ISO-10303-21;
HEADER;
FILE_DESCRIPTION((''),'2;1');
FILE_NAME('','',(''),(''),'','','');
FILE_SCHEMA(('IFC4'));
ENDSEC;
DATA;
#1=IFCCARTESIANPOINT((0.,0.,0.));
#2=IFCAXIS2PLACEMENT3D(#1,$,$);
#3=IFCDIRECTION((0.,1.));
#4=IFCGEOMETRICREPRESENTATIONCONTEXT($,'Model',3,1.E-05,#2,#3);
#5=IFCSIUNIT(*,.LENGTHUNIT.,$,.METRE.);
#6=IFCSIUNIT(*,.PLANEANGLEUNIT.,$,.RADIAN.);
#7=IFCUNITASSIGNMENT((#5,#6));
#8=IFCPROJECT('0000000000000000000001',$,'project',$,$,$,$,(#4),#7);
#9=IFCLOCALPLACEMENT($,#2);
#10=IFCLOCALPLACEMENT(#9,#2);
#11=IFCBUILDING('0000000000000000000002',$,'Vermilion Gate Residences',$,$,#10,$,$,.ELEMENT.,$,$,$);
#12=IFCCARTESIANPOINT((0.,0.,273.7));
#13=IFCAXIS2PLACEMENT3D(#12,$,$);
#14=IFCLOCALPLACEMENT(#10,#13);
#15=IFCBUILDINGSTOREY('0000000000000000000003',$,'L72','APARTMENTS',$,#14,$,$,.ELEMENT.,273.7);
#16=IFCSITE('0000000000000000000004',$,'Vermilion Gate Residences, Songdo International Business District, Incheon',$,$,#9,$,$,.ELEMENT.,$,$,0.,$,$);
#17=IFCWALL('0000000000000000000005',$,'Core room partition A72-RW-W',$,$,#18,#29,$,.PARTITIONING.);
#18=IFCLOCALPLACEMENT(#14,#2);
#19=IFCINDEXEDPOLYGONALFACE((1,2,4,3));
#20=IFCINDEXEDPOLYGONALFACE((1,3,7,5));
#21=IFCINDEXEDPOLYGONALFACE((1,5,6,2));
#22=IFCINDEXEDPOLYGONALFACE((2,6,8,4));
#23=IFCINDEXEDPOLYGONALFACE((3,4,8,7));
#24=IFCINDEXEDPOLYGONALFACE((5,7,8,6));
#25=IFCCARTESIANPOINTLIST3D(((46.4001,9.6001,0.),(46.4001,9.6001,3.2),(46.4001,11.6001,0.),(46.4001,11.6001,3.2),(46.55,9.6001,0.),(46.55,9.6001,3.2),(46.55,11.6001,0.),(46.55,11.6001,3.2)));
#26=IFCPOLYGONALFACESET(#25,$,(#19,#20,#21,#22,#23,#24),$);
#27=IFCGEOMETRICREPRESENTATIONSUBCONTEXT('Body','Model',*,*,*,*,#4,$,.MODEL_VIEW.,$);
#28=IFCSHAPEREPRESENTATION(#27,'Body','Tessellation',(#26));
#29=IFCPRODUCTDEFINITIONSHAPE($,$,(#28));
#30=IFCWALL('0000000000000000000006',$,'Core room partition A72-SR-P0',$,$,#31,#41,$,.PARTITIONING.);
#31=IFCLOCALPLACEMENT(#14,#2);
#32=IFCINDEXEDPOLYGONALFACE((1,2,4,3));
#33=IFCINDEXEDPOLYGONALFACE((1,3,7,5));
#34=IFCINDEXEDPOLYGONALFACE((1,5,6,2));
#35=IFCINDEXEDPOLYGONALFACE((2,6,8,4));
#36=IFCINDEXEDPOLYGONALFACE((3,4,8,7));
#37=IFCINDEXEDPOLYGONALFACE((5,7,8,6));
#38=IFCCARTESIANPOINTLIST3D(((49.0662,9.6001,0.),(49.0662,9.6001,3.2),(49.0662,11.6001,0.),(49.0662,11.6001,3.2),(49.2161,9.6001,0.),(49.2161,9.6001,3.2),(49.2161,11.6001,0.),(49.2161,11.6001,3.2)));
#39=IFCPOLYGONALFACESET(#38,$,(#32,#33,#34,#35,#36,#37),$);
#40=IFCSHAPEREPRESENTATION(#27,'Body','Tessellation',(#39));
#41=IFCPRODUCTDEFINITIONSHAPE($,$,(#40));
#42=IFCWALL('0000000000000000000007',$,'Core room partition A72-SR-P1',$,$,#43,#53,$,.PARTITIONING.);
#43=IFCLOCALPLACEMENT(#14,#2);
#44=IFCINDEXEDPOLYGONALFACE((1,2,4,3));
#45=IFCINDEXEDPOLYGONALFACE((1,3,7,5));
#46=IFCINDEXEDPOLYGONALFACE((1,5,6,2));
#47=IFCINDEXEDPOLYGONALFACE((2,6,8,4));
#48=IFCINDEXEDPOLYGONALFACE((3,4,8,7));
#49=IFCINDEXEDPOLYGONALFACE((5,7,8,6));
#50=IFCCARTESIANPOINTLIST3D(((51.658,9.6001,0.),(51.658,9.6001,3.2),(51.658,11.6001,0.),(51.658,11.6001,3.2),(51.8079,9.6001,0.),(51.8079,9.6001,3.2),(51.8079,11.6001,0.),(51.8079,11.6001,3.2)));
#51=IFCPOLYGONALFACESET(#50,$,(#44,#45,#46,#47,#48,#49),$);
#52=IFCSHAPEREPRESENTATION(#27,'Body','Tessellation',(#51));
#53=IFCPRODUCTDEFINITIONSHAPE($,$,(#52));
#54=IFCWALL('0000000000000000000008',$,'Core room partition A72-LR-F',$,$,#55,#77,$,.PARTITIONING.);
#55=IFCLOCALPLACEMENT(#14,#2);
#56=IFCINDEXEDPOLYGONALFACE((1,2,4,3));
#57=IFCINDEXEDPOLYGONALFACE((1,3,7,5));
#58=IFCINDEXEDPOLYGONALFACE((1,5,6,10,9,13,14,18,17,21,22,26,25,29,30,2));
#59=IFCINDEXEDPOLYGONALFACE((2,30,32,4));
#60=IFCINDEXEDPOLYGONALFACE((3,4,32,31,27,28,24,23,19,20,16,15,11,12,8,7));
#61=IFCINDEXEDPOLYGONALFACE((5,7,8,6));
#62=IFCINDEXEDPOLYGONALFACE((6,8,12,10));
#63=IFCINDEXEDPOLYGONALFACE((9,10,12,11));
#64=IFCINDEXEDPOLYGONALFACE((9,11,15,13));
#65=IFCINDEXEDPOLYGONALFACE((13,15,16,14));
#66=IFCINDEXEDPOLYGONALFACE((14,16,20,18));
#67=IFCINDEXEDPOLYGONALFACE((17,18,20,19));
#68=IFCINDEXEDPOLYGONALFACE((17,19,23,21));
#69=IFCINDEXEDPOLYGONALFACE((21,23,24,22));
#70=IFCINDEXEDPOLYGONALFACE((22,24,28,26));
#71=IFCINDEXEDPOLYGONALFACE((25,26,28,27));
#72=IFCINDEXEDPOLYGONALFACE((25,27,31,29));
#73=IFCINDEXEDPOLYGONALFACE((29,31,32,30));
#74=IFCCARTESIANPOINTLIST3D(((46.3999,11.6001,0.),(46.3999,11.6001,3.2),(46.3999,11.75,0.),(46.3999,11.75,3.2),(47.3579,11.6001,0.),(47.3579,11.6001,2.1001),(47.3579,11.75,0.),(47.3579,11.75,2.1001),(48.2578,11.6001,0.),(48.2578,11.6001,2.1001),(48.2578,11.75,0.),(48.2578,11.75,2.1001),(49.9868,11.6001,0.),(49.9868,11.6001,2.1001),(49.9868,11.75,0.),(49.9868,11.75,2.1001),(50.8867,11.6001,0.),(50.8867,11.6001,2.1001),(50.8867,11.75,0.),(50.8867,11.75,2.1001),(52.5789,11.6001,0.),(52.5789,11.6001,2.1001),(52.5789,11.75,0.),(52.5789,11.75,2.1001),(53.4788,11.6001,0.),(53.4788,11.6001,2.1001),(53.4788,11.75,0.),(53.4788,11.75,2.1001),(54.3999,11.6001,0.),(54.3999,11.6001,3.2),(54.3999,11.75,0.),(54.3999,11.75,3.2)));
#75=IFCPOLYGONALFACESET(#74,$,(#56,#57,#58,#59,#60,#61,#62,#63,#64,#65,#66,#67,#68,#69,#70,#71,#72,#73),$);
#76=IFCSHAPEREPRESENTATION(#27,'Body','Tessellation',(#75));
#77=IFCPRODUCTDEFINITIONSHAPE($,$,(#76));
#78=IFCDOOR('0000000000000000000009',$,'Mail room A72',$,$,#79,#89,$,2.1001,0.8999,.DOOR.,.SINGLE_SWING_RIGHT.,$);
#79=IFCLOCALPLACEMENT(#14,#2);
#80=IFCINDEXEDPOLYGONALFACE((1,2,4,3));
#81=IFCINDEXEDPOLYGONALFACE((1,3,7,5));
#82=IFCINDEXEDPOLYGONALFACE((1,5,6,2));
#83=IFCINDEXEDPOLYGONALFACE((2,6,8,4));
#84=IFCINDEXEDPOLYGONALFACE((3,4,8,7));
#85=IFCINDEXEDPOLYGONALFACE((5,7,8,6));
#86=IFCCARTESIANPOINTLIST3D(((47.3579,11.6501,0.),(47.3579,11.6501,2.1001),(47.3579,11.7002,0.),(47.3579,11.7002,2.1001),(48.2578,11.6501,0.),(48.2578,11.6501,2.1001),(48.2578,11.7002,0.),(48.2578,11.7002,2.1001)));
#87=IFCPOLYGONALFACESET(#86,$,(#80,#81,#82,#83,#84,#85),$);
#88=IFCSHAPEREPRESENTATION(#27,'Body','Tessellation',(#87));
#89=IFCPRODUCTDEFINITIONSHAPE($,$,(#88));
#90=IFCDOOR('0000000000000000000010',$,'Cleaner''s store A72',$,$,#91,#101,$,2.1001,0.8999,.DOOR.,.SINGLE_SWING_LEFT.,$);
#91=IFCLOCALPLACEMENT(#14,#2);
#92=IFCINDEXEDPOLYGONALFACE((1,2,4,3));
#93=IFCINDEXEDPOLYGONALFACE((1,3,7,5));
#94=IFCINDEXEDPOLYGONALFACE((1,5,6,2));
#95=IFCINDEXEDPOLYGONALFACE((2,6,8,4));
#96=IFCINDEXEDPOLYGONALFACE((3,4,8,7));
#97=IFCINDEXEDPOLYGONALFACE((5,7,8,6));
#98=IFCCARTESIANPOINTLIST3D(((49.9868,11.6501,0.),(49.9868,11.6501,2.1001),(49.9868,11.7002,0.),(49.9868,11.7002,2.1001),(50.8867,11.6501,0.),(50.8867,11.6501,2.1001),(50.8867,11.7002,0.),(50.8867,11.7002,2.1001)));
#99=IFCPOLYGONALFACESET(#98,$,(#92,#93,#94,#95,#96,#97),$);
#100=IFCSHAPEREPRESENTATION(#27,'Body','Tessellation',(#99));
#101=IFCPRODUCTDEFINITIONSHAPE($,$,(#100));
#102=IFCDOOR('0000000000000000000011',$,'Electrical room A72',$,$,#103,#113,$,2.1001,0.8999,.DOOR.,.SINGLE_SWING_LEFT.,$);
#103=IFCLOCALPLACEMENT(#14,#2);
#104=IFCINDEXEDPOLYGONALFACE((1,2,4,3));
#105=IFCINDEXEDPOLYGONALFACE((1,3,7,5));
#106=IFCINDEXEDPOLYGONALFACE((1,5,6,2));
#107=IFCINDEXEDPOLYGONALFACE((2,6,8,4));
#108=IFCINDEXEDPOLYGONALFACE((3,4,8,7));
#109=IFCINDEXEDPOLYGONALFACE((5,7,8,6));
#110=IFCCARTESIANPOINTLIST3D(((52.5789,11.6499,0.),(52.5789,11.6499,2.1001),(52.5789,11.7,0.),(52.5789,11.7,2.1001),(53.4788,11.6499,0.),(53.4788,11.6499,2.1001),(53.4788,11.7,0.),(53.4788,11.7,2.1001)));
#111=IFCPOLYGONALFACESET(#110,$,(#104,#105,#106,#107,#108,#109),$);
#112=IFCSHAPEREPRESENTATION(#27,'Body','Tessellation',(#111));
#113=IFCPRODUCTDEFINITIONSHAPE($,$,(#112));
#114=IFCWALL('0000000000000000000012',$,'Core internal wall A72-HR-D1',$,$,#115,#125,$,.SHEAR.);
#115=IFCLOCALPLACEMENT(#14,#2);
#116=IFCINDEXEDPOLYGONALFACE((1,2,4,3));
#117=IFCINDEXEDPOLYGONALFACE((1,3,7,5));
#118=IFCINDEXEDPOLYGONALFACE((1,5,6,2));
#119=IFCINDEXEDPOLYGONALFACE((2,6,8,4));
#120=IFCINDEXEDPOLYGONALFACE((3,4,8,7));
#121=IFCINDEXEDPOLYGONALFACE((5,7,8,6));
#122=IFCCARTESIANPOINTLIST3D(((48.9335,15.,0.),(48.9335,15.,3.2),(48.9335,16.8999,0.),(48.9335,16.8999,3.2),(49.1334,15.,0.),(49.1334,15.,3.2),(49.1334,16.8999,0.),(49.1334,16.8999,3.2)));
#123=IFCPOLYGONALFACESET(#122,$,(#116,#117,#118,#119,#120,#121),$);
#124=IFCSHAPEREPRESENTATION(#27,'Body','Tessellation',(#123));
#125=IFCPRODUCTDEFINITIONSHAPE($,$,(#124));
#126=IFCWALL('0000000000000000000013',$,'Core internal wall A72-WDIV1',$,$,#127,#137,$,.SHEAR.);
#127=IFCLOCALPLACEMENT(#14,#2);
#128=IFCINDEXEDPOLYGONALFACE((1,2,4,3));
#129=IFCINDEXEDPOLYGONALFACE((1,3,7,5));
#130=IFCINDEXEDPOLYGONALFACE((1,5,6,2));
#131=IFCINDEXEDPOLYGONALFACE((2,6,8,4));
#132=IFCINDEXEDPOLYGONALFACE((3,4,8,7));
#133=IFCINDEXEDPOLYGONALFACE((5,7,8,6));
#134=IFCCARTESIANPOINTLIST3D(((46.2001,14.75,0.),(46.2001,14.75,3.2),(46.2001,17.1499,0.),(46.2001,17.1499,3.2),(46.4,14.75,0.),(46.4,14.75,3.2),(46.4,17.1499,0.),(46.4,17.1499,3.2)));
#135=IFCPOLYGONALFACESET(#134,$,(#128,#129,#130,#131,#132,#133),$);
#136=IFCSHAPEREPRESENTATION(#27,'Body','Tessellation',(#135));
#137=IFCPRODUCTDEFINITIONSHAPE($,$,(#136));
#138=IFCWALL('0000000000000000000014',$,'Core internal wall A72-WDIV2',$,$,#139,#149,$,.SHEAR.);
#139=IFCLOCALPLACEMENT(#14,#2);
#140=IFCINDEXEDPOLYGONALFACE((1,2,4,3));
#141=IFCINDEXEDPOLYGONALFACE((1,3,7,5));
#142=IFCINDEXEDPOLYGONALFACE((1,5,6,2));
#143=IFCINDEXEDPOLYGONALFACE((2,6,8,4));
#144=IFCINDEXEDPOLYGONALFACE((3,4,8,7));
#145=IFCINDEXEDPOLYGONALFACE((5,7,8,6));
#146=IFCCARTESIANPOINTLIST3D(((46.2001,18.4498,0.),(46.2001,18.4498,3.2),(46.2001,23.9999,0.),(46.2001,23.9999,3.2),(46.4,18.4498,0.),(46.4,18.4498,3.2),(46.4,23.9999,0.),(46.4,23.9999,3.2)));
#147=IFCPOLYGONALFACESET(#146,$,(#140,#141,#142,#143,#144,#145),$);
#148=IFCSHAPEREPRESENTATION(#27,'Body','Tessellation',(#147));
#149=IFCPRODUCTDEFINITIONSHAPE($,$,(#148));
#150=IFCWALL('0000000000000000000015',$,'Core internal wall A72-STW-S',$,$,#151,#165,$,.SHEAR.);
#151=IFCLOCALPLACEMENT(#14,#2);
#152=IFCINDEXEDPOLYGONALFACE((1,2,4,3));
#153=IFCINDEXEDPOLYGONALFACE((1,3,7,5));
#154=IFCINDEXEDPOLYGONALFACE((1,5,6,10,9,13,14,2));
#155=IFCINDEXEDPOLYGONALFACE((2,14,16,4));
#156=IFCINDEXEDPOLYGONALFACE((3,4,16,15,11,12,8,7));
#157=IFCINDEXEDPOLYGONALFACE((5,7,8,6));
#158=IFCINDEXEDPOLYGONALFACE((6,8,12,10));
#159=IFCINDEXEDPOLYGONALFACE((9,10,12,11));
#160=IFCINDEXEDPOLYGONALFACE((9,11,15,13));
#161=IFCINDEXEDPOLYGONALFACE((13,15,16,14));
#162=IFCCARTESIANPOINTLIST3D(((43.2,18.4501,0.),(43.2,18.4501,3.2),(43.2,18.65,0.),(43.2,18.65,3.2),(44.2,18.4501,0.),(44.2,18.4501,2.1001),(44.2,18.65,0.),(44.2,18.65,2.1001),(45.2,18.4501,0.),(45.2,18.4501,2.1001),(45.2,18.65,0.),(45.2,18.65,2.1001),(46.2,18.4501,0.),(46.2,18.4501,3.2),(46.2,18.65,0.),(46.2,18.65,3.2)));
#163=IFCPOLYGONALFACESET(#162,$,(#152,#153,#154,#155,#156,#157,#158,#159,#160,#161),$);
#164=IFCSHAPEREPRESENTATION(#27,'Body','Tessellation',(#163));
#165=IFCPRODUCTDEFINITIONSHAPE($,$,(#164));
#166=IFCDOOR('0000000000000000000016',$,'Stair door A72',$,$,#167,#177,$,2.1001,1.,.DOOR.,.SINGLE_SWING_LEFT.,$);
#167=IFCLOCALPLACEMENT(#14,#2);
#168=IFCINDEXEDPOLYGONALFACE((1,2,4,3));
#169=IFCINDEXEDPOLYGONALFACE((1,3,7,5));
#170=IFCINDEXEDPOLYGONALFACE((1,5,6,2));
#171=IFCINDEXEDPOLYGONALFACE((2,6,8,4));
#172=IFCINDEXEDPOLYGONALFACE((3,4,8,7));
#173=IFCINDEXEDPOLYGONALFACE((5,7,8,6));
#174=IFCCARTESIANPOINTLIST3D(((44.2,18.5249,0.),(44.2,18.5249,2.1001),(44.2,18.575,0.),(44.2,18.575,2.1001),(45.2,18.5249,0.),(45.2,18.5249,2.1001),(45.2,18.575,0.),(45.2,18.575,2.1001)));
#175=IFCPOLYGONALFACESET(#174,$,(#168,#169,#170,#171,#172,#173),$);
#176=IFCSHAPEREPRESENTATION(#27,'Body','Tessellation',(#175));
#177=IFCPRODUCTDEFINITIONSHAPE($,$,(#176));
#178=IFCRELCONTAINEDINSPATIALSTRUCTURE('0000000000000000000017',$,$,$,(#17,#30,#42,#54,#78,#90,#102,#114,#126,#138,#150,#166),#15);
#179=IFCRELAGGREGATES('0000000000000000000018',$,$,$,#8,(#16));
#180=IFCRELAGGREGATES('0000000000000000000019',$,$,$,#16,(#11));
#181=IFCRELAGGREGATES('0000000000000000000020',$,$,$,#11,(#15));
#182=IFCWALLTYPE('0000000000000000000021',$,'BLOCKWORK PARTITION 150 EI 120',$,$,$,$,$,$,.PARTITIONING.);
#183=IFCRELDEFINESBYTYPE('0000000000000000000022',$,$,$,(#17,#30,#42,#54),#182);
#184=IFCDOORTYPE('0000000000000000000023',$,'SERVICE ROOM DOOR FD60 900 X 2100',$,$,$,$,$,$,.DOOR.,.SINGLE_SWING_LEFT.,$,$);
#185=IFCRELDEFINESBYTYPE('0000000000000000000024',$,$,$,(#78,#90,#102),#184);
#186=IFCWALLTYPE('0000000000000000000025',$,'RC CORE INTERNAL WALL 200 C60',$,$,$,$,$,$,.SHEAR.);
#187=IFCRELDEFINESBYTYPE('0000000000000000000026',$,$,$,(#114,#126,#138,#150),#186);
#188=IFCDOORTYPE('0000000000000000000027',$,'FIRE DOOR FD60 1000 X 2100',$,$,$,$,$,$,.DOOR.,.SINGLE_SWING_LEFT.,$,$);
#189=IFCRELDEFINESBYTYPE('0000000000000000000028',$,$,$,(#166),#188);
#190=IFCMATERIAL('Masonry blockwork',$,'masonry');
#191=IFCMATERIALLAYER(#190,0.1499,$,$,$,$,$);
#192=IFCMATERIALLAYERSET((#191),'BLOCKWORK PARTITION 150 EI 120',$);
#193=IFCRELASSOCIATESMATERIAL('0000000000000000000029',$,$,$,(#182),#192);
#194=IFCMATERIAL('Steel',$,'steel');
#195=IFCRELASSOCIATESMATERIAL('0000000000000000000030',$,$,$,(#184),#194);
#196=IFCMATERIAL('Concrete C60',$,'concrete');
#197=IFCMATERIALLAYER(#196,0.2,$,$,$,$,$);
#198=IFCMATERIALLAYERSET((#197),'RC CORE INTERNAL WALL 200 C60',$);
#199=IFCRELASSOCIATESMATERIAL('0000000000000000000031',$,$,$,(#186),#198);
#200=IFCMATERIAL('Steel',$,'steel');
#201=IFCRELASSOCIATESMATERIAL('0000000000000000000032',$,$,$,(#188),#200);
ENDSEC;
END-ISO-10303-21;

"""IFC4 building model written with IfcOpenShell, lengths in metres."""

from ifc_helpers import new_model, si_unit, direction, frame, frame_2d, origin, place, context, subcontext, project, spatial, rectangle, extrude, material, layer, layer_set, type_object, element, fill, save


model = new_model("IFC4")

# Units and contexts
model_context = context("Model", 3, precision=1e-05, world=origin(), true_north=direction((0.0, 1.0)))
body_context = subcontext(model_context, "Body", "Model", "MODEL_VIEW")
ifc_project = project(units=[si_unit("LENGTHUNIT", "METRE"), si_unit("PLANEANGLEUNIT", "RADIAN")], contexts=[model_context])

# Site, building, storey
site_placement = place(None, origin())
site = spatial("IfcSite", under=ifc_project, at=site_placement, Name="Vermilion Gate Residences, Songdo International Business District, Incheon", CompositionType="ELEMENT", RefElevation=0.0)
building_placement = place(site_placement, origin())
building = spatial("IfcBuilding", under=site, at=building_placement, Name="Vermilion Gate Residences", CompositionType="ELEMENT")
storey_placement = place(building_placement, frame((0.0, 0.0, 273.7)))
storey = spatial("IfcBuildingStorey", under=building, at=storey_placement, Name="L72", Description="APARTMENTS", CompositionType="ELEMENT", Elevation=273.7)

# Walls
ifc_material_1 = material(Name="Masonry blockwork", Category="masonry")
ifc_layer_1 = layer(ifc_material_1, 0.1499)
ifc_layer_set_1 = layer_set([ifc_layer_1], Name="BLOCKWORK PARTITION 150 EI 120")
wall_type_1 = type_object("IfcWallType", Name="BLOCKWORK PARTITION 150 EI 120", PredefinedType="PARTITIONING", material=ifc_layer_set_1)
for number, where, z_axis, x_axis, name in (
    (1, (46.4751, 9.6001, 0.0), (0.0, 0.0, 1.0), (0.0, 1.0, 0.0), "Core room partition A72-RW-W"),
    (2, (49.1411, 9.6001, 0.0), (0.0, 0.0, 1.0), (0.0, 1.0, 0.0), "Core room partition A72-SR-P0"),
    (3, (51.7329, 9.6001, 0.0), (0.0, 0.0, 1.0), (0.0, 1.0, 0.0), "Core room partition A72-SR-P1"),
):
    element("IfcWall", number, at=place(storey_placement, frame(where, z_axis=z_axis, x_axis=x_axis)), inside=storey, type_object=wall_type_1, Name=name, PredefinedType="PARTITIONING", context=body_context, shape_type="SweptSolid", body=[
        extrude(rectangle(XDim=2.0, YDim=0.1499, at=frame_2d((1.0, 0.0))), origin(), (0.0, 0.0, 1.0), 3.2),
    ])

# Wall, openings, doors
wall_1_placement = place(storey_placement, frame((46.3999, 11.675, 0.0), z_axis=(0.0, 0.0, 1.0), x_axis=(1.0, 0.0, 0.0)))
wall_1 = element("IfcWall", 4, at=wall_1_placement, inside=storey, type_object=wall_type_1, Name="Core room partition A72-LR-F", PredefinedType="PARTITIONING", context=body_context, shape_type="SweptSolid", body=[
    extrude(rectangle(XDim=8.0, YDim=0.1499, at=frame_2d((4.0, 0.0))), origin(), (0.0, 0.0, 1.0), 3.2),
])
opening_1_placement = place(wall_1_placement, frame((0.958, 0.0, 0.0)))
opening_1 = element("IfcOpeningElement", 5, at=opening_1_placement, cuts=wall_1, PredefinedType="OPENING", context=body_context, shape_type="SweptSolid", body=[
    extrude(rectangle(XDim=0.8999, YDim=2.1001, at=frame_2d((0.45, 1.05))), frame((0.0, 0.085, 0.0), z_axis=(0.0, -1.0, 0.0), x_axis=(1.0, 0.0, 0.0)), (0.0, 0.0, 1.0), 0.1699),
])
opening_2_placement = place(wall_1_placement, frame((3.5869, 0.0, 0.0)))
opening_2 = element("IfcOpeningElement", 6, at=opening_2_placement, cuts=wall_1, PredefinedType="OPENING", context=body_context, shape_type="SweptSolid", body=[
    extrude(rectangle(XDim=0.8999, YDim=2.1001, at=frame_2d((0.45, 1.05))), frame((0.0, 0.085, 0.0), z_axis=(0.0, -1.0, 0.0), x_axis=(1.0, 0.0, 0.0)), (0.0, 0.0, 1.0), 0.1699),
])
opening_3_placement = place(wall_1_placement, frame((6.179, 0.0, 0.0)))
opening_3 = element("IfcOpeningElement", 7, at=opening_3_placement, cuts=wall_1, PredefinedType="OPENING", context=body_context, shape_type="SweptSolid", body=[
    extrude(rectangle(XDim=0.8999, YDim=2.1001, at=frame_2d((0.45, 1.05))), frame((0.0, 0.085, 0.0), z_axis=(0.0, -1.0, 0.0), x_axis=(1.0, 0.0, 0.0)), (0.0, 0.0, 1.0), 0.1699),
])
ifc_material_2 = material(Name="Steel", Category="steel")
door_type_1 = type_object("IfcDoorType", Name="SERVICE ROOM DOOR FD60 900 X 2100", OperationType="SINGLE_SWING_LEFT", PredefinedType="DOOR", material=ifc_material_2)
door_1_placement = place(opening_1_placement, frame((0.8999, 0.0, 0.0), z_axis=(0.0, 0.0, 1.0), x_axis=(-1.0, 0.0, 0.0)))
door_1 = element("IfcDoor", 8, at=door_1_placement, inside=storey, type_object=door_type_1, Name="Mail room A72", OperationType="SINGLE_SWING_RIGHT", OverallHeight=2.1001, OverallWidth=0.8999, PredefinedType="DOOR", context=body_context, shape_type="SweptSolid", body=[
    extrude(rectangle(XDim=0.8999, YDim=2.1001, at=frame_2d((0.45, 1.05))), frame((0.0, 0.0249, 0.0), z_axis=(0.0, -1.0, 0.0), x_axis=(1.0, 0.0, 0.0)), (0.0, 0.0, 1.0), 0.05),
])
fill(opening_1, door_1)
door_2_placement = place(opening_2_placement, frame((0.8999, 0.0, 0.0), z_axis=(0.0, 0.0, 1.0), x_axis=(-1.0, 0.0, 0.0)))
door_2 = element("IfcDoor", 9, at=door_2_placement, inside=storey, type_object=door_type_1, Name="Cleaner's store A72", OperationType="SINGLE_SWING_LEFT", OverallHeight=2.1001, OverallWidth=0.8999, PredefinedType="DOOR", context=body_context, shape_type="SweptSolid", body=[
    extrude(rectangle(XDim=0.8999, YDim=2.1001, at=frame_2d((0.45, 1.05))), frame((0.0, 0.0249, 0.0), z_axis=(0.0, -1.0, 0.0), x_axis=(1.0, 0.0, 0.0)), (0.0, 0.0, 1.0), 0.05),
])
fill(opening_2, door_2)
door_3_placement = place(opening_3_placement, origin())
door_3 = element("IfcDoor", 10, at=door_3_placement, inside=storey, type_object=door_type_1, Name="Electrical room A72", OperationType="SINGLE_SWING_LEFT", OverallHeight=2.1001, OverallWidth=0.8999, PredefinedType="DOOR", context=body_context, shape_type="SweptSolid", body=[
    extrude(rectangle(XDim=0.8999, YDim=2.1001, at=frame_2d((0.45, 1.05))), frame((0.0, 0.0249, 0.0), z_axis=(0.0, -1.0, 0.0), x_axis=(1.0, 0.0, 0.0)), (0.0, 0.0, 1.0), 0.05),
])
fill(opening_3, door_3)

# Walls
ifc_material_3 = material(Name="Concrete C60", Category="concrete")
ifc_layer_2 = layer(ifc_material_3, 0.2)
ifc_layer_set_2 = layer_set([ifc_layer_2], Name="RC CORE INTERNAL WALL 200 C60")
wall_type_2 = type_object("IfcWallType", Name="RC CORE INTERNAL WALL 200 C60", PredefinedType="SHEAR", material=ifc_layer_set_2)
wall_2_placement = place(storey_placement, frame((49.0334, 15.0, 0.0), z_axis=(0.0, 0.0, 1.0), x_axis=(0.0, 1.0, 0.0)))
element("IfcWall", 11, at=wall_2_placement, inside=storey, type_object=wall_type_2, Name="Core internal wall A72-HR-D1", PredefinedType="SHEAR", context=body_context, shape_type="SweptSolid", body=[
    extrude(rectangle(XDim=1.8999, YDim=0.2, at=frame_2d((0.95, 0.0))), origin(), (0.0, 0.0, 1.0), 3.2),
])
wall_3_placement = place(storey_placement, frame((46.3, 14.75, 0.0), z_axis=(0.0, 0.0, 1.0), x_axis=(0.0, 1.0, 0.0)))
element("IfcWall", 12, at=wall_3_placement, inside=storey, type_object=wall_type_2, Name="Core internal wall A72-WDIV1", PredefinedType="SHEAR", context=body_context, shape_type="SweptSolid", body=[
    extrude(rectangle(XDim=2.3999, YDim=0.2, at=frame_2d((1.2, 0.0))), origin(), (0.0, 0.0, 1.0), 3.2),
])
wall_4_placement = place(storey_placement, frame((46.3, 18.45, 0.0), z_axis=(0.0, 0.0, 1.0), x_axis=(0.0, 1.0, 0.0)))
element("IfcWall", 13, at=wall_4_placement, inside=storey, type_object=wall_type_2, Name="Core internal wall A72-WDIV2", PredefinedType="SHEAR", context=body_context, shape_type="SweptSolid", body=[
    extrude(rectangle(XDim=5.55, YDim=0.2, at=frame_2d((2.7749, 0.0))), origin(), (0.0, 0.0, 1.0), 3.2),
])

# Wall, opening, door
wall_5_placement = place(storey_placement, frame((43.2, 18.55, 0.0), z_axis=(0.0, 0.0, 1.0), x_axis=(1.0, 0.0, 0.0)))
wall_5 = element("IfcWall", 14, at=wall_5_placement, inside=storey, type_object=wall_type_2, Name="Core internal wall A72-STW-S", PredefinedType="SHEAR", context=body_context, shape_type="SweptSolid", body=[
    extrude(rectangle(XDim=3.0, YDim=0.2, at=frame_2d((1.5, 0.0))), origin(), (0.0, 0.0, 1.0), 3.2),
])
opening_4_placement = place(wall_5_placement, frame((1.0, 0.0, 0.0)))
opening_4 = element("IfcOpeningElement", 15, at=opening_4_placement, cuts=wall_5, PredefinedType="OPENING", context=body_context, shape_type="SweptSolid", body=[
    extrude(rectangle(XDim=1.0, YDim=2.1001, at=frame_2d((0.5, 1.05))), frame((0.0, 0.1099, 0.0), z_axis=(0.0, -1.0, 0.0), x_axis=(1.0, 0.0, 0.0)), (0.0, 0.0, 1.0), 0.22),
])
ifc_material_4 = material(Name="Steel", Category="steel")
door_type_2 = type_object("IfcDoorType", Name="FIRE DOOR FD60 1000 X 2100", OperationType="SINGLE_SWING_LEFT", PredefinedType="DOOR", material=ifc_material_4)
door_4_placement = place(opening_4_placement, origin())
door_4 = element("IfcDoor", 16, at=door_4_placement, inside=storey, type_object=door_type_2, Name="Stair door A72", OperationType="SINGLE_SWING_LEFT", OverallHeight=2.1001, OverallWidth=1.0, PredefinedType="DOOR", context=body_context, shape_type="SweptSolid", body=[
    extrude(rectangle(XDim=1.0, YDim=2.1001, at=frame_2d((0.5, 1.05))), frame((0.0, 0.0249, 0.0), z_axis=(0.0, -1.0, 0.0), x_axis=(1.0, 0.0, 0.0)), (0.0, 0.0, 1.0), 0.05),
])
fill(opening_4, door_4)

save(model, "model.ifc")
